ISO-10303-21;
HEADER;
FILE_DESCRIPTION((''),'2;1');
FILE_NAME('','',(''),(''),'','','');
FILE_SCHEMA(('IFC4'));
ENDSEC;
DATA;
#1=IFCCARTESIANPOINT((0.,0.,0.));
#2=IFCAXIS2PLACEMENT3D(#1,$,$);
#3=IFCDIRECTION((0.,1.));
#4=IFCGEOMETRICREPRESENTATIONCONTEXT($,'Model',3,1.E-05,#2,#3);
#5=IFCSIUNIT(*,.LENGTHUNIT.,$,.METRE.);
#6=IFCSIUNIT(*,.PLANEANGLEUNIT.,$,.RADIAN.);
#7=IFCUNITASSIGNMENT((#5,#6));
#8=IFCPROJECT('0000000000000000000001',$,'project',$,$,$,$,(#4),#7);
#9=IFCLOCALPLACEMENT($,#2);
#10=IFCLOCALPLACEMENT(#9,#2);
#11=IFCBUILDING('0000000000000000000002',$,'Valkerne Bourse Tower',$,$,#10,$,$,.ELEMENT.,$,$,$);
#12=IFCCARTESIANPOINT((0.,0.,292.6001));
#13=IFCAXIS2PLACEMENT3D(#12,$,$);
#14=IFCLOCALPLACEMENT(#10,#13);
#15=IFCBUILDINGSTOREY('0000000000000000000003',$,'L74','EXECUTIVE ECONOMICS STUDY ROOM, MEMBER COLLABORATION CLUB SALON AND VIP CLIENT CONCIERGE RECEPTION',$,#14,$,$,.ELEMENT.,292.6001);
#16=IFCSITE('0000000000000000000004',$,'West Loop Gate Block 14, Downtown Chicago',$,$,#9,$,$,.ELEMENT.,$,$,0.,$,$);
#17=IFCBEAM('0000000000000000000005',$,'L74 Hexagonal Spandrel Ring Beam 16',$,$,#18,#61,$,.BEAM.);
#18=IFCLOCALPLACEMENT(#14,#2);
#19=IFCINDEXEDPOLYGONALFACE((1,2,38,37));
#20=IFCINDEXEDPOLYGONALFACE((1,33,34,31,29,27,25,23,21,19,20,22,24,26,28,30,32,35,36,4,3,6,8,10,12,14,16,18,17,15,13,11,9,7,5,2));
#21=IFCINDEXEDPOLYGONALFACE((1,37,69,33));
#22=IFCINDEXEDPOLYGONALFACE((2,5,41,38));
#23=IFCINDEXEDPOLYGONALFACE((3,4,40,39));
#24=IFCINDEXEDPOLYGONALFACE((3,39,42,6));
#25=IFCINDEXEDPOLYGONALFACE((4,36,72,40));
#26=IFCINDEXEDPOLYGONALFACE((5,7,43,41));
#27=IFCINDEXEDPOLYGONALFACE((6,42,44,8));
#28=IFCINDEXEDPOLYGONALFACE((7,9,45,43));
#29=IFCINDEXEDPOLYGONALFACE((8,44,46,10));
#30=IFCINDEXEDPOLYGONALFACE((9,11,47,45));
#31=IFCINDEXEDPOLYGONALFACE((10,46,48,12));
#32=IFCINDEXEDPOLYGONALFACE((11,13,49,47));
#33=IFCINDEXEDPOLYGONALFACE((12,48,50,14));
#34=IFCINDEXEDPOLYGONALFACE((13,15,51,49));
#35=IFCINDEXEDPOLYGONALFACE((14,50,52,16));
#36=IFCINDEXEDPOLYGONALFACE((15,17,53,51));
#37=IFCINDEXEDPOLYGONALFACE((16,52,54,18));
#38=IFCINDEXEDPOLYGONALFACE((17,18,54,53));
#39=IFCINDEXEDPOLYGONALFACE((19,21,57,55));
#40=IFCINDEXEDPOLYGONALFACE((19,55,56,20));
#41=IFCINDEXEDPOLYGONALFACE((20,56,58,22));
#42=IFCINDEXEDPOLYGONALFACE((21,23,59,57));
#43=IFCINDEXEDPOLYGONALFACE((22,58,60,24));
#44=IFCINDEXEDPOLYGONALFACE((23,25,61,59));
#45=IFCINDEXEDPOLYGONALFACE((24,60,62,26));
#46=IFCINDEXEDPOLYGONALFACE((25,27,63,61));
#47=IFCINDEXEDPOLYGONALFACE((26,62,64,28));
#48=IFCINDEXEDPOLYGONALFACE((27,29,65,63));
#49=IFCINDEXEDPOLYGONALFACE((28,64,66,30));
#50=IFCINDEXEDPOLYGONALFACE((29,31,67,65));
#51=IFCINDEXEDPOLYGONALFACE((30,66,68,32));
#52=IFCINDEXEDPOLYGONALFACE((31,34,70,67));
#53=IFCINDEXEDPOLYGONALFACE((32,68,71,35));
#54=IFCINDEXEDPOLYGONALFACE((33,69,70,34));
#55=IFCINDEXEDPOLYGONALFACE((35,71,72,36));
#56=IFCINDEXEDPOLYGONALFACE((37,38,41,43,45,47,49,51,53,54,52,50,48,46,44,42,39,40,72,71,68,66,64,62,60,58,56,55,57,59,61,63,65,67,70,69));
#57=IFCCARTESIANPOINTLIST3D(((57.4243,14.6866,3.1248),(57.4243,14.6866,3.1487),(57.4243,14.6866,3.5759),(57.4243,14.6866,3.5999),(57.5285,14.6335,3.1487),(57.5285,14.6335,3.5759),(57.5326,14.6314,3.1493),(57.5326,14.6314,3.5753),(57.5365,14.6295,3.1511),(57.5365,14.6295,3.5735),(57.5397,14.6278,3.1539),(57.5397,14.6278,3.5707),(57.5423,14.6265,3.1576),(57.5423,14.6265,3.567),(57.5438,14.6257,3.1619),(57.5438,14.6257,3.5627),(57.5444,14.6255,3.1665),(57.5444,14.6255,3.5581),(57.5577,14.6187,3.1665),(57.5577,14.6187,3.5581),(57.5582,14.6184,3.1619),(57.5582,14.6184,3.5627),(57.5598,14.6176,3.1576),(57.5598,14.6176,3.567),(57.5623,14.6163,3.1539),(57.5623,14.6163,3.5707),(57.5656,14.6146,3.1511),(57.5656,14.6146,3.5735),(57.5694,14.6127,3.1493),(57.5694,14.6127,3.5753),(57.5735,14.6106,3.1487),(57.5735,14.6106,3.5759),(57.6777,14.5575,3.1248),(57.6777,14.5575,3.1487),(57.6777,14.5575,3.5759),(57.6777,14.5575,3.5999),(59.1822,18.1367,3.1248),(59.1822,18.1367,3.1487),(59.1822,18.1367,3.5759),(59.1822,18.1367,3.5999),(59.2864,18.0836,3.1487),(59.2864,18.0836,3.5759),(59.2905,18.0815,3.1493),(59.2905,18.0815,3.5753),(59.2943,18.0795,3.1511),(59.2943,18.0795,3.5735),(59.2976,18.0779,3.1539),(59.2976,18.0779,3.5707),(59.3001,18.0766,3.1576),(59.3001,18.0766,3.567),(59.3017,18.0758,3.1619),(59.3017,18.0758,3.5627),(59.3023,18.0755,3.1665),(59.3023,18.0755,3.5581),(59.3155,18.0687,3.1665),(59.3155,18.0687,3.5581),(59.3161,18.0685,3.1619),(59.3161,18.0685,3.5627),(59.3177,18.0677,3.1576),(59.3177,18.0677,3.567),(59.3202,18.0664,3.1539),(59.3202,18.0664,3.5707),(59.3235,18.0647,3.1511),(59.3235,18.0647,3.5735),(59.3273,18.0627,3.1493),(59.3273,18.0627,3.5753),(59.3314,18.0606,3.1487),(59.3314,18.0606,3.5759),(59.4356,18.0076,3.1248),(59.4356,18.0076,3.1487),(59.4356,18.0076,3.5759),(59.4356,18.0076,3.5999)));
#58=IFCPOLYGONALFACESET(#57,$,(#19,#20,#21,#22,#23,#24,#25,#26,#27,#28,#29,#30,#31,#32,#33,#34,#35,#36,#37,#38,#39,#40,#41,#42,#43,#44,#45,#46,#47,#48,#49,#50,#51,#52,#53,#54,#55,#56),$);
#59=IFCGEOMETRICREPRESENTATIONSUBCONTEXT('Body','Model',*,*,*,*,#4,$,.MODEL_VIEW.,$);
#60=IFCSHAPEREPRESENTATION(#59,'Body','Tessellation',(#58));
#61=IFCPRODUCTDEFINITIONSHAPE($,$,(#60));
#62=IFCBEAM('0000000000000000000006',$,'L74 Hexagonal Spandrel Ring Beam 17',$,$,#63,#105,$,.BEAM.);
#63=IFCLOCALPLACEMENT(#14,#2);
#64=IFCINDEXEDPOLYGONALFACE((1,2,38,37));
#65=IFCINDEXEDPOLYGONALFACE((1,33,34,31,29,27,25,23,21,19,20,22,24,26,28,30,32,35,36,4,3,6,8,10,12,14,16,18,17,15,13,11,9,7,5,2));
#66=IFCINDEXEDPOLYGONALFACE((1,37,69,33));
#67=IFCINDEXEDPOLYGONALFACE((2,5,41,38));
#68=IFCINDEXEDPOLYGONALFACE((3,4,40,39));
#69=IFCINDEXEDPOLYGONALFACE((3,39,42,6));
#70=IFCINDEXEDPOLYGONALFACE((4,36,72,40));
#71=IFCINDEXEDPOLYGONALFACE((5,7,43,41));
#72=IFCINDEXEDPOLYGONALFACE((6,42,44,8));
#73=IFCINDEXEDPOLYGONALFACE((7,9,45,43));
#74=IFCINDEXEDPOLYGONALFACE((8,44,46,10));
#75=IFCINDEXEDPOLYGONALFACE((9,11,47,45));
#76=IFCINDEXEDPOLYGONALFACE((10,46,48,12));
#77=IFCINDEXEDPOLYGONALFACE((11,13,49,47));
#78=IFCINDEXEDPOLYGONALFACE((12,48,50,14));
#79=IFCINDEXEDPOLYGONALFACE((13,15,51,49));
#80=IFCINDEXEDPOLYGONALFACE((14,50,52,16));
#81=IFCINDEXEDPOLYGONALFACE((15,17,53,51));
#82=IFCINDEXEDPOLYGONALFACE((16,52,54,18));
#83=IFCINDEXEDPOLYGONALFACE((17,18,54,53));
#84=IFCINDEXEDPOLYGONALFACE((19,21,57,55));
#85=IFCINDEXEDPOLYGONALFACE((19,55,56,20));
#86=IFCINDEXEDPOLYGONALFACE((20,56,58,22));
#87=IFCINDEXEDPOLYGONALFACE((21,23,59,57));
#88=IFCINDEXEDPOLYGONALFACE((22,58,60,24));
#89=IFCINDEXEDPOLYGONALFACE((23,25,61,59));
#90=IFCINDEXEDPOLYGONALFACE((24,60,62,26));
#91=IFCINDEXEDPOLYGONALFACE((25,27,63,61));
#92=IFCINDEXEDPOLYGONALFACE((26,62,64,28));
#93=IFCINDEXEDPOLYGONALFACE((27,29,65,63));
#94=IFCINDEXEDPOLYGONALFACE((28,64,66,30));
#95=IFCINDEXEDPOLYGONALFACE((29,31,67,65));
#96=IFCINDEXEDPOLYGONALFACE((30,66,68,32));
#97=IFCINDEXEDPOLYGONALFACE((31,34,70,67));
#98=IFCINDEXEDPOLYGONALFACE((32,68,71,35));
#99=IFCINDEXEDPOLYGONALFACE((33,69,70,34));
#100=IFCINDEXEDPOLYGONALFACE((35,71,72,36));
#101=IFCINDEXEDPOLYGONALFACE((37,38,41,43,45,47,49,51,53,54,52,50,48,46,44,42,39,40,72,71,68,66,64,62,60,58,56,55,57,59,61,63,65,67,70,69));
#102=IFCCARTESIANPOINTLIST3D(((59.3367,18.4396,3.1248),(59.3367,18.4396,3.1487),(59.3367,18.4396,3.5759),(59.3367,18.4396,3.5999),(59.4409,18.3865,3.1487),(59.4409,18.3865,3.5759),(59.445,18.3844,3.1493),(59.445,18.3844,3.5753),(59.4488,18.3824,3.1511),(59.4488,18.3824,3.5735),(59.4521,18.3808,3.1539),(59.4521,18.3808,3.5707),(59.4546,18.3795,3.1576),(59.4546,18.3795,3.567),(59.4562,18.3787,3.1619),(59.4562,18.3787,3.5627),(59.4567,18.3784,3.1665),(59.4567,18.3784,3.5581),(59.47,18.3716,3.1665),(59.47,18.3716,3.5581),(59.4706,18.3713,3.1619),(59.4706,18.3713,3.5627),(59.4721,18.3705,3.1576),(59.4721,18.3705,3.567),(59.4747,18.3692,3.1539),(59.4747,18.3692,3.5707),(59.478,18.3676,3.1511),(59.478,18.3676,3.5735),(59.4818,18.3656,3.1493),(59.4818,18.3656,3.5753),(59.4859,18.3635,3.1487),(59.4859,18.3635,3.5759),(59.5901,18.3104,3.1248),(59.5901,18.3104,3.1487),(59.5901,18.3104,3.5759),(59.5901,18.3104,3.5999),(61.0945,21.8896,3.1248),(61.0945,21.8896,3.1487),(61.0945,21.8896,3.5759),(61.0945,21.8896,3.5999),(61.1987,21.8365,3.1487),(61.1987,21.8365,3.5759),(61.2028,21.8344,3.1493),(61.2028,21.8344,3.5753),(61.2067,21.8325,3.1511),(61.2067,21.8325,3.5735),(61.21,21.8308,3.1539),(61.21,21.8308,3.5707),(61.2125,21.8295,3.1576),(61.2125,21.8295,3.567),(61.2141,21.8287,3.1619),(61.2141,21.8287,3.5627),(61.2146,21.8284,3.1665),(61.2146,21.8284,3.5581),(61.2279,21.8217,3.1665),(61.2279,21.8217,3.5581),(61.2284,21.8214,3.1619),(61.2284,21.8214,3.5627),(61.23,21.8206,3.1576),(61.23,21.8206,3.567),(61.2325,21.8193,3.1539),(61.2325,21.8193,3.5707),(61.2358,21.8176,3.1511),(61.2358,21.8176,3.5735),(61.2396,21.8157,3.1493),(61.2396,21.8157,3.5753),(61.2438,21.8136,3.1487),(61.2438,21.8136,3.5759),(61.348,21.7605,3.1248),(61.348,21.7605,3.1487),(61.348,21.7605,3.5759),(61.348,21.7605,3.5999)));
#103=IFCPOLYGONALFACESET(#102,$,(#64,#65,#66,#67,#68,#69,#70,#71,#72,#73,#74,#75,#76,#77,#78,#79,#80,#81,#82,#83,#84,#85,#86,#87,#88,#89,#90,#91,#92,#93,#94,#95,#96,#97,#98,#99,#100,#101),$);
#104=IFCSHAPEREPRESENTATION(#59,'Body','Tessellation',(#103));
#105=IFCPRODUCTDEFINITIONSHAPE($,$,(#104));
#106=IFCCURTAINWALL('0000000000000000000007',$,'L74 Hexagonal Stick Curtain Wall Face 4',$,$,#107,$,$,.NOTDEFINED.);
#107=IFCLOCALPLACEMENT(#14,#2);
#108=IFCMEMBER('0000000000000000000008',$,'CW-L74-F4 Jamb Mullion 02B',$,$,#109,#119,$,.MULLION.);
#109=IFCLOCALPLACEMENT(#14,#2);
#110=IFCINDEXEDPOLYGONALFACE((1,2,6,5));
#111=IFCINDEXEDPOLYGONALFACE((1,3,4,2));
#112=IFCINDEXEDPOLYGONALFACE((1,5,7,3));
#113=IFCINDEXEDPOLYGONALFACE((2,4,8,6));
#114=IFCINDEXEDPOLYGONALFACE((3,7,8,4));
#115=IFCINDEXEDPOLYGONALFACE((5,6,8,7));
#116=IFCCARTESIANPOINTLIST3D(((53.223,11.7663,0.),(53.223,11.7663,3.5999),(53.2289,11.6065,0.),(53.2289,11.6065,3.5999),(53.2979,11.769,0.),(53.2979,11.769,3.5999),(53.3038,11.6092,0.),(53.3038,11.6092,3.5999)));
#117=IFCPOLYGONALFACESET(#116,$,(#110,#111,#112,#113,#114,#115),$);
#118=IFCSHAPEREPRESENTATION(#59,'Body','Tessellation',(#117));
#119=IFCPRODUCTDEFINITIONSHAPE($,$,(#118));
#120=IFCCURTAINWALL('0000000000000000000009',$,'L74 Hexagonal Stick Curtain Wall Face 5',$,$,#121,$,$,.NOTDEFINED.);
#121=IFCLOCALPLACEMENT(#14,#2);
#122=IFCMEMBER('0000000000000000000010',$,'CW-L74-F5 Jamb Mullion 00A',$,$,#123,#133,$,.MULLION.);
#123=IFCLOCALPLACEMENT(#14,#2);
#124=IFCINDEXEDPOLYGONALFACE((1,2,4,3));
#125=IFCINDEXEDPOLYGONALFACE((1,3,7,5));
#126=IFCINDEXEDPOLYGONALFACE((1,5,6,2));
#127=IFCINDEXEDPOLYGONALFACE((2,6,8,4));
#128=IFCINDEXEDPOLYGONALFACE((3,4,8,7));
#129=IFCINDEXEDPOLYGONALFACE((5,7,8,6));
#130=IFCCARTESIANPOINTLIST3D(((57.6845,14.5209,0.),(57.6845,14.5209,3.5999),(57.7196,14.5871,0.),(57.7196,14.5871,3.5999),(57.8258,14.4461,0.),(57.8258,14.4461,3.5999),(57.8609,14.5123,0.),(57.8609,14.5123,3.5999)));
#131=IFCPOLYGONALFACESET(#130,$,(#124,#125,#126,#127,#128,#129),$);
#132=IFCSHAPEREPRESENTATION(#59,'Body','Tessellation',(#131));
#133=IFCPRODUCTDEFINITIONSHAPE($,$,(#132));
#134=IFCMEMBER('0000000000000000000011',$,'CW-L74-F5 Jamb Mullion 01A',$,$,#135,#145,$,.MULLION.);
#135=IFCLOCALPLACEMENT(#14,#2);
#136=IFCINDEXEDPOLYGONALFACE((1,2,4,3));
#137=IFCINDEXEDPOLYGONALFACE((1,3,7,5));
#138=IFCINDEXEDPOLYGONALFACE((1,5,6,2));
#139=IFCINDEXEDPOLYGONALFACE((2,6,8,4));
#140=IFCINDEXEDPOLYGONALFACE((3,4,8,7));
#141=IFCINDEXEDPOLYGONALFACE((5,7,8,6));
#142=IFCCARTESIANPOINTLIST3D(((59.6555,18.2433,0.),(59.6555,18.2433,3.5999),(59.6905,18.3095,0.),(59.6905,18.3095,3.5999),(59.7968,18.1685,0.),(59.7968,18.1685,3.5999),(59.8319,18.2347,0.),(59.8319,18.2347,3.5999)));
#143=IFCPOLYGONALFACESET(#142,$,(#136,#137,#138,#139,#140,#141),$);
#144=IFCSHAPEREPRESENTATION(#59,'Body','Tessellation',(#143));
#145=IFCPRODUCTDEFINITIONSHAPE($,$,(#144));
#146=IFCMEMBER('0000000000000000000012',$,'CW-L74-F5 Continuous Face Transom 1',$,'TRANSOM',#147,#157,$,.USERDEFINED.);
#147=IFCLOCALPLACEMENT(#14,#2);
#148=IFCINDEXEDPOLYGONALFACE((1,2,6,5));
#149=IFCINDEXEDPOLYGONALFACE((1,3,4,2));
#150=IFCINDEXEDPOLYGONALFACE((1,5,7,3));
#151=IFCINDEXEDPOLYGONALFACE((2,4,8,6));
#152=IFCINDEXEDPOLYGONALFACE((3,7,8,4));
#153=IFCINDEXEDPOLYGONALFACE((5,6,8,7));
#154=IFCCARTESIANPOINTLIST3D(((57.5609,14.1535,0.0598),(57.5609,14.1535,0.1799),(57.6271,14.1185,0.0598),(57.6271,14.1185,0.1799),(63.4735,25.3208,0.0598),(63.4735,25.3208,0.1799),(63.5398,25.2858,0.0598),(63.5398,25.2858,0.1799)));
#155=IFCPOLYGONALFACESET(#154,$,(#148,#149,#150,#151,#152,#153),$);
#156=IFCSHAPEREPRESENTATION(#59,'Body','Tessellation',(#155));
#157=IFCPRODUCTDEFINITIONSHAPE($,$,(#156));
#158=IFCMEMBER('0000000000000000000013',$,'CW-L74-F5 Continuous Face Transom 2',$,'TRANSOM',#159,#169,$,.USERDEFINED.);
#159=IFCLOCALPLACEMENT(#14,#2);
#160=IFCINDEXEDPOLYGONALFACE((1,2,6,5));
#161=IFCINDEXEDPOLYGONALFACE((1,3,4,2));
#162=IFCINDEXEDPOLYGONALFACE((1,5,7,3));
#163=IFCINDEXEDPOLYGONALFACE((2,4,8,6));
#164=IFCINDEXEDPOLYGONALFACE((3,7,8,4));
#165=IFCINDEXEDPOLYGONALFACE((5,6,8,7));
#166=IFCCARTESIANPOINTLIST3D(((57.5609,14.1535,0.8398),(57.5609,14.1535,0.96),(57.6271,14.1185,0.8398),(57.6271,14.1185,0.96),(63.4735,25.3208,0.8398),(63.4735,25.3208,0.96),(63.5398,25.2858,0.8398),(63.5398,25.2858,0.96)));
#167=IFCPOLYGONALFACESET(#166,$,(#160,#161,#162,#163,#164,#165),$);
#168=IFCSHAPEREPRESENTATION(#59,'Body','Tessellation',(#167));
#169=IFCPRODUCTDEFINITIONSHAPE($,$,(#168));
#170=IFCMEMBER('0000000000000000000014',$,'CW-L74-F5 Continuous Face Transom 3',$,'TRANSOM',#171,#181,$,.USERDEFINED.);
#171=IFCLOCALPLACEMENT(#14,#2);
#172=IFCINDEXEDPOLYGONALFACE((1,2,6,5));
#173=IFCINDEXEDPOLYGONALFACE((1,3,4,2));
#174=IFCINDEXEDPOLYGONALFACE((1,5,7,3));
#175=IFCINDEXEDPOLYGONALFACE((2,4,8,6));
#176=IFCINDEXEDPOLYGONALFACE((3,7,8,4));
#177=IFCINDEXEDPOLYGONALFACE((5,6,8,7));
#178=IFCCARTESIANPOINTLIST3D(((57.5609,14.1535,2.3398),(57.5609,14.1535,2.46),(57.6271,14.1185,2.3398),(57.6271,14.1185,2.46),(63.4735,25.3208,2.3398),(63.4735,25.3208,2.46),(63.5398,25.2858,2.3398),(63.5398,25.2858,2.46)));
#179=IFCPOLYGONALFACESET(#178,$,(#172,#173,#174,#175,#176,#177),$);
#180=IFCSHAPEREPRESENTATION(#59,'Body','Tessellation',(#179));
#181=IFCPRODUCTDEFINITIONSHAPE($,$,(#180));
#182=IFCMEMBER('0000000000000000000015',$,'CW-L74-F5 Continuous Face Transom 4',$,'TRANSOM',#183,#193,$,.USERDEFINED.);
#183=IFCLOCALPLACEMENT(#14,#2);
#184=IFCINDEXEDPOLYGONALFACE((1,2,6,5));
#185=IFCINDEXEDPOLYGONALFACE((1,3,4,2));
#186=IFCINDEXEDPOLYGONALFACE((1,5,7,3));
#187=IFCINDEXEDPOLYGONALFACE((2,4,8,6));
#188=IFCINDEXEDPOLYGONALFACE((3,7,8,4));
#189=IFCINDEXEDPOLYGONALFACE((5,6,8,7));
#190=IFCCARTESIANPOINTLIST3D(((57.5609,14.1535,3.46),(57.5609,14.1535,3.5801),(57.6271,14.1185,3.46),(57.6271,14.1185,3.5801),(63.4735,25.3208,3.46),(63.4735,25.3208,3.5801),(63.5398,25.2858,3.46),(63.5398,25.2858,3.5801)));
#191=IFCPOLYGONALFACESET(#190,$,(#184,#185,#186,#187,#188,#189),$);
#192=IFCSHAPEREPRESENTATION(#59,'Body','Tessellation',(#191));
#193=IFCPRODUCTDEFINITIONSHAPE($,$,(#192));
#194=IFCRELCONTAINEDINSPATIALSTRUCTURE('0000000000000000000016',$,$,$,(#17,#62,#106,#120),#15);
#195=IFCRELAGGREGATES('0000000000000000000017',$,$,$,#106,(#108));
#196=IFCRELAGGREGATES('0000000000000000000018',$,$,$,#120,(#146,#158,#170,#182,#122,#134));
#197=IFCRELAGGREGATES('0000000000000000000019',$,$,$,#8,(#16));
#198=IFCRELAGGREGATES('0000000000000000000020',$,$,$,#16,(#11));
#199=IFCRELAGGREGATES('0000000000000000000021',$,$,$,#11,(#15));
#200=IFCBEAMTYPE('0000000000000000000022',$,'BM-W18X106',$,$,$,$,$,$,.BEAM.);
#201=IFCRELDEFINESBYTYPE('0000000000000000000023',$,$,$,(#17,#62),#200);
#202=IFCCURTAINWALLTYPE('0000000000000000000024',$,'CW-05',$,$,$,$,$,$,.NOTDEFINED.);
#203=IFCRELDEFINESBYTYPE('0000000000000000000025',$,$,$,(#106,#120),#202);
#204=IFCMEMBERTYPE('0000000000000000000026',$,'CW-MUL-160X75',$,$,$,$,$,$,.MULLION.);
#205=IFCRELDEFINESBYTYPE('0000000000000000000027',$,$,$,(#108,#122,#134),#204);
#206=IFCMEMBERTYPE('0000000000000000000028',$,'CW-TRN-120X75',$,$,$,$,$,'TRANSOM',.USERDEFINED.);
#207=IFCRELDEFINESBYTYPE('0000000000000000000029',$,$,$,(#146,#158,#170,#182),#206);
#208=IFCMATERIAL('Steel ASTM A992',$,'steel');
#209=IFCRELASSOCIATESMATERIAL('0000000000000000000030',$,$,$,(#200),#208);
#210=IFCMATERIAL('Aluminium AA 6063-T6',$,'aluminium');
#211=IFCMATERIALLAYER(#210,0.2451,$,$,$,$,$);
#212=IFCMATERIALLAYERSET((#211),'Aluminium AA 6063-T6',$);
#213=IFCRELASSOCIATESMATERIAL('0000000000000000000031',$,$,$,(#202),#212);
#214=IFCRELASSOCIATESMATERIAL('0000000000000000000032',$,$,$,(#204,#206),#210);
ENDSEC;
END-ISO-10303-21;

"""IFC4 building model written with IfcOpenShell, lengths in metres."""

from ifc_helpers import new_model, si_unit, direction, frame, origin, origin_2d, place, context, subcontext, project, spatial, rectangle, i_section, extrude, material, layer, layer_set, material_profile, profile_set, type_object, element, aggregate, save


model = new_model("IFC4")

# Units and contexts
model_context = context("Model", 3, precision=1e-05, world=origin(), true_north=direction((0.0, 1.0)))
body_context = subcontext(model_context, "Body", "Model", "MODEL_VIEW")
ifc_project = project(units=[si_unit("LENGTHUNIT", "METRE"), si_unit("PLANEANGLEUNIT", "RADIAN")], contexts=[model_context])

# Site, building, storey
site_placement = place(None, origin())
site = spatial("IfcSite", under=ifc_project, at=site_placement, Name="West Loop Gate Block 14, Downtown Chicago", CompositionType="ELEMENT", RefElevation=0.0)
building_placement = place(site_placement, origin())
building = spatial("IfcBuilding", under=site, at=building_placement, Name="Valkerne Bourse Tower", CompositionType="ELEMENT")
storey_placement = place(building_placement, frame((0.0, 0.0, 292.6001)))
storey = spatial("IfcBuildingStorey", under=building, at=storey_placement, Name="L74", Description="EXECUTIVE ECONOMICS STUDY ROOM, MEMBER COLLABORATION CLUB SALON AND VIP CLIENT CONCIERGE RECEPTION", CompositionType="ELEMENT", Elevation=292.6001)

# Beams
ifc_material_1 = material(Name="Steel ASTM A992", Category="steel")
ifc_material_profile_1 = material_profile(ifc_material_1, i_section(OverallWidth=0.2844, OverallDepth=0.4751, WebThickness=0.0149, FlangeThickness=0.0239, FilletRadius=0.0178, at=origin_2d()), Name="W18X106")
ifc_profile_set_1 = profile_set([ifc_material_profile_1], Name="Steel ASTM A992")
beam_type = type_object("IfcBeamType", Name="BM-W18X106", PredefinedType="BEAM", material=ifc_profile_set_1)
for number, where, z_axis, x_axis, name in (
    (1, (57.551, 14.6221, 3.3623), (0.453985, 0.891009, 0.0), (-0.891009, 0.453985, 0.0), "L74 Hexagonal Spandrel Ring Beam 16"),
    (2, (59.4634, 18.375, 3.3623), (0.453985, 0.891009, 0.0), (-0.891009, 0.453985, 0.0), "L74 Hexagonal Spandrel Ring Beam 17"),
):
    element("IfcBeam", number, at=place(storey_placement, frame(where, z_axis=z_axis, x_axis=x_axis)), inside=storey, type_object=beam_type, Name=name, PredefinedType="BEAM", context=body_context, shape_type="SweptSolid", body=[
        extrude(i_section(OverallWidth=0.2844, OverallDepth=0.4751, WebThickness=0.0149, FlangeThickness=0.0239, FilletRadius=0.0178, at=origin_2d()), origin(), (0.0, 0.0, 1.0), 3.8721),
    ])

# Curtain wall, member
ifc_material_2 = material(Name="Aluminium AA 6063-T6", Category="aluminium")
ifc_layer_1 = layer(ifc_material_2, 0.2451)
ifc_layer_set_1 = layer_set([ifc_layer_1], Name="Aluminium AA 6063-T6")
curtain_wall_type = type_object("IfcCurtainWallType", Name="CW-05", PredefinedType="NOTDEFINED", material=ifc_layer_set_1)
curtain_wall_1_placement = place(storey_placement, origin())
curtain_wall_1 = element("IfcCurtainWall", 3, at=curtain_wall_1_placement, inside=storey, type_object=curtain_wall_type, Name="L74 Hexagonal Stick Curtain Wall Face 4", PredefinedType="NOTDEFINED")
ifc_material_profile_2 = material_profile(ifc_material_2, rectangle(XDim=0.075, YDim=0.1599, at=origin_2d()), Name="CWM-75X160")
ifc_profile_set_2 = profile_set([ifc_material_profile_2], Name="Aluminium AA 6063-T6")
member_type_1 = type_object("IfcMemberType", Name="CW-MUL-160X75", PredefinedType="MULLION", material=ifc_profile_set_2)
member_1_placement = place(storey_placement, frame((53.2634, 11.6877, 0.0), z_axis=(0.0, 0.0, 1.0), x_axis=(0.999328, 0.036657, 0.0)))
member_1 = element("IfcMember", 4, at=member_1_placement, type_object=member_type_1, Name="CW-L74-F4 Jamb Mullion 02B", PredefinedType="MULLION", context=body_context, shape_type="SweptSolid", body=[
    extrude(rectangle(XDim=0.075, YDim=0.1599, at=origin_2d()), origin(), (0.0, 0.0, 1.0), 3.5999),
])

# Curtain wall, members
curtain_wall_2_placement = place(storey_placement, origin())
curtain_wall_2 = element("IfcCurtainWall", 5, at=curtain_wall_2_placement, inside=storey, type_object=curtain_wall_type, Name="L74 Hexagonal Stick Curtain Wall Face 5", PredefinedType="NOTDEFINED")
member_2_placement = place(storey_placement, frame((57.7727, 14.5166, 0.0), z_axis=(0.0, 0.0, 1.0), x_axis=(0.467947, 0.883757, 0.0)))
member_2 = element("IfcMember", 6, at=member_2_placement, type_object=member_type_1, Name="CW-L74-F5 Jamb Mullion 00A", PredefinedType="MULLION", context=body_context, shape_type="SweptSolid", body=[
    extrude(rectangle(XDim=0.075, YDim=0.1599, at=origin_2d()), origin(), (0.0, 0.0, 1.0), 3.5999),
])
member_3_placement = place(storey_placement, frame((59.7437, 18.239, 0.0), z_axis=(0.0, 0.0, 1.0), x_axis=(0.467918, 0.883772, 0.0)))
member_3 = element("IfcMember", 7, at=member_3_placement, type_object=member_type_1, Name="CW-L74-F5 Jamb Mullion 01A", PredefinedType="MULLION", context=body_context, shape_type="SweptSolid", body=[
    extrude(rectangle(XDim=0.075, YDim=0.1599, at=origin_2d()), origin(), (0.0, 0.0, 1.0), 3.5999),
])
ifc_material_profile_3 = material_profile(ifc_material_2, rectangle(XDim=0.075, YDim=0.1201, at=origin_2d()), Name="CWT-75X120")
ifc_profile_set_3 = profile_set([ifc_material_profile_3], Name="Aluminium AA 6063-T6")
member_type_2 = type_object("IfcMemberType", Name="CW-TRN-120X75", ElementType="TRANSOM", PredefinedType="USERDEFINED", material=ifc_profile_set_3)
member_4_placement = place(storey_placement, frame((57.594, 14.136, 0.1199), z_axis=(0.467921, 0.883771, 0.0), x_axis=(-0.883771, 0.467921, 0.0)))
member_4 = element("IfcMember", 8, at=member_4_placement, type_object=member_type_2, Name="CW-L74-F5 Continuous Face Transom 1", ObjectType="TRANSOM", PredefinedType="USERDEFINED", context=body_context, shape_type="SweptSolid", body=[
    extrude(rectangle(XDim=0.075, YDim=0.1201, at=origin_2d()), origin(), (0.0, 0.0, 1.0), 12.636),
])
member_5_placement = place(storey_placement, frame((57.594, 14.136, 0.8999), z_axis=(0.467921, 0.883771, 0.0), x_axis=(-0.883771, 0.467921, 0.0)))
member_5 = element("IfcMember", 9, at=member_5_placement, type_object=member_type_2, Name="CW-L74-F5 Continuous Face Transom 2", ObjectType="TRANSOM", PredefinedType="USERDEFINED", context=body_context, shape_type="SweptSolid", body=[
    extrude(rectangle(XDim=0.075, YDim=0.1201, at=origin_2d()), origin(), (0.0, 0.0, 1.0), 12.636),
])
member_6_placement = place(storey_placement, frame((57.594, 14.136, 2.3999), z_axis=(0.467921, 0.883771, 0.0), x_axis=(-0.883771, 0.467921, 0.0)))
member_6 = element("IfcMember", 10, at=member_6_placement, type_object=member_type_2, Name="CW-L74-F5 Continuous Face Transom 3", ObjectType="TRANSOM", PredefinedType="USERDEFINED", context=body_context, shape_type="SweptSolid", body=[
    extrude(rectangle(XDim=0.075, YDim=0.1201, at=origin_2d()), origin(), (0.0, 0.0, 1.0), 12.636),
])
member_7_placement = place(storey_placement, frame((57.594, 14.136, 3.52), z_axis=(0.467921, 0.883771, 0.0), x_axis=(-0.883771, 0.467921, 0.0)))
member_7 = element("IfcMember", 11, at=member_7_placement, type_object=member_type_2, Name="CW-L74-F5 Continuous Face Transom 4", ObjectType="TRANSOM", PredefinedType="USERDEFINED", context=body_context, shape_type="SweptSolid", body=[
    extrude(rectangle(XDim=0.075, YDim=0.1201, at=origin_2d()), origin(), (0.0, 0.0, 1.0), 12.636),
])

aggregate(curtain_wall_1, [member_1])
aggregate(curtain_wall_2, [member_4, member_5, member_6, member_7, member_2, member_3])

save(model, "model.ifc")
